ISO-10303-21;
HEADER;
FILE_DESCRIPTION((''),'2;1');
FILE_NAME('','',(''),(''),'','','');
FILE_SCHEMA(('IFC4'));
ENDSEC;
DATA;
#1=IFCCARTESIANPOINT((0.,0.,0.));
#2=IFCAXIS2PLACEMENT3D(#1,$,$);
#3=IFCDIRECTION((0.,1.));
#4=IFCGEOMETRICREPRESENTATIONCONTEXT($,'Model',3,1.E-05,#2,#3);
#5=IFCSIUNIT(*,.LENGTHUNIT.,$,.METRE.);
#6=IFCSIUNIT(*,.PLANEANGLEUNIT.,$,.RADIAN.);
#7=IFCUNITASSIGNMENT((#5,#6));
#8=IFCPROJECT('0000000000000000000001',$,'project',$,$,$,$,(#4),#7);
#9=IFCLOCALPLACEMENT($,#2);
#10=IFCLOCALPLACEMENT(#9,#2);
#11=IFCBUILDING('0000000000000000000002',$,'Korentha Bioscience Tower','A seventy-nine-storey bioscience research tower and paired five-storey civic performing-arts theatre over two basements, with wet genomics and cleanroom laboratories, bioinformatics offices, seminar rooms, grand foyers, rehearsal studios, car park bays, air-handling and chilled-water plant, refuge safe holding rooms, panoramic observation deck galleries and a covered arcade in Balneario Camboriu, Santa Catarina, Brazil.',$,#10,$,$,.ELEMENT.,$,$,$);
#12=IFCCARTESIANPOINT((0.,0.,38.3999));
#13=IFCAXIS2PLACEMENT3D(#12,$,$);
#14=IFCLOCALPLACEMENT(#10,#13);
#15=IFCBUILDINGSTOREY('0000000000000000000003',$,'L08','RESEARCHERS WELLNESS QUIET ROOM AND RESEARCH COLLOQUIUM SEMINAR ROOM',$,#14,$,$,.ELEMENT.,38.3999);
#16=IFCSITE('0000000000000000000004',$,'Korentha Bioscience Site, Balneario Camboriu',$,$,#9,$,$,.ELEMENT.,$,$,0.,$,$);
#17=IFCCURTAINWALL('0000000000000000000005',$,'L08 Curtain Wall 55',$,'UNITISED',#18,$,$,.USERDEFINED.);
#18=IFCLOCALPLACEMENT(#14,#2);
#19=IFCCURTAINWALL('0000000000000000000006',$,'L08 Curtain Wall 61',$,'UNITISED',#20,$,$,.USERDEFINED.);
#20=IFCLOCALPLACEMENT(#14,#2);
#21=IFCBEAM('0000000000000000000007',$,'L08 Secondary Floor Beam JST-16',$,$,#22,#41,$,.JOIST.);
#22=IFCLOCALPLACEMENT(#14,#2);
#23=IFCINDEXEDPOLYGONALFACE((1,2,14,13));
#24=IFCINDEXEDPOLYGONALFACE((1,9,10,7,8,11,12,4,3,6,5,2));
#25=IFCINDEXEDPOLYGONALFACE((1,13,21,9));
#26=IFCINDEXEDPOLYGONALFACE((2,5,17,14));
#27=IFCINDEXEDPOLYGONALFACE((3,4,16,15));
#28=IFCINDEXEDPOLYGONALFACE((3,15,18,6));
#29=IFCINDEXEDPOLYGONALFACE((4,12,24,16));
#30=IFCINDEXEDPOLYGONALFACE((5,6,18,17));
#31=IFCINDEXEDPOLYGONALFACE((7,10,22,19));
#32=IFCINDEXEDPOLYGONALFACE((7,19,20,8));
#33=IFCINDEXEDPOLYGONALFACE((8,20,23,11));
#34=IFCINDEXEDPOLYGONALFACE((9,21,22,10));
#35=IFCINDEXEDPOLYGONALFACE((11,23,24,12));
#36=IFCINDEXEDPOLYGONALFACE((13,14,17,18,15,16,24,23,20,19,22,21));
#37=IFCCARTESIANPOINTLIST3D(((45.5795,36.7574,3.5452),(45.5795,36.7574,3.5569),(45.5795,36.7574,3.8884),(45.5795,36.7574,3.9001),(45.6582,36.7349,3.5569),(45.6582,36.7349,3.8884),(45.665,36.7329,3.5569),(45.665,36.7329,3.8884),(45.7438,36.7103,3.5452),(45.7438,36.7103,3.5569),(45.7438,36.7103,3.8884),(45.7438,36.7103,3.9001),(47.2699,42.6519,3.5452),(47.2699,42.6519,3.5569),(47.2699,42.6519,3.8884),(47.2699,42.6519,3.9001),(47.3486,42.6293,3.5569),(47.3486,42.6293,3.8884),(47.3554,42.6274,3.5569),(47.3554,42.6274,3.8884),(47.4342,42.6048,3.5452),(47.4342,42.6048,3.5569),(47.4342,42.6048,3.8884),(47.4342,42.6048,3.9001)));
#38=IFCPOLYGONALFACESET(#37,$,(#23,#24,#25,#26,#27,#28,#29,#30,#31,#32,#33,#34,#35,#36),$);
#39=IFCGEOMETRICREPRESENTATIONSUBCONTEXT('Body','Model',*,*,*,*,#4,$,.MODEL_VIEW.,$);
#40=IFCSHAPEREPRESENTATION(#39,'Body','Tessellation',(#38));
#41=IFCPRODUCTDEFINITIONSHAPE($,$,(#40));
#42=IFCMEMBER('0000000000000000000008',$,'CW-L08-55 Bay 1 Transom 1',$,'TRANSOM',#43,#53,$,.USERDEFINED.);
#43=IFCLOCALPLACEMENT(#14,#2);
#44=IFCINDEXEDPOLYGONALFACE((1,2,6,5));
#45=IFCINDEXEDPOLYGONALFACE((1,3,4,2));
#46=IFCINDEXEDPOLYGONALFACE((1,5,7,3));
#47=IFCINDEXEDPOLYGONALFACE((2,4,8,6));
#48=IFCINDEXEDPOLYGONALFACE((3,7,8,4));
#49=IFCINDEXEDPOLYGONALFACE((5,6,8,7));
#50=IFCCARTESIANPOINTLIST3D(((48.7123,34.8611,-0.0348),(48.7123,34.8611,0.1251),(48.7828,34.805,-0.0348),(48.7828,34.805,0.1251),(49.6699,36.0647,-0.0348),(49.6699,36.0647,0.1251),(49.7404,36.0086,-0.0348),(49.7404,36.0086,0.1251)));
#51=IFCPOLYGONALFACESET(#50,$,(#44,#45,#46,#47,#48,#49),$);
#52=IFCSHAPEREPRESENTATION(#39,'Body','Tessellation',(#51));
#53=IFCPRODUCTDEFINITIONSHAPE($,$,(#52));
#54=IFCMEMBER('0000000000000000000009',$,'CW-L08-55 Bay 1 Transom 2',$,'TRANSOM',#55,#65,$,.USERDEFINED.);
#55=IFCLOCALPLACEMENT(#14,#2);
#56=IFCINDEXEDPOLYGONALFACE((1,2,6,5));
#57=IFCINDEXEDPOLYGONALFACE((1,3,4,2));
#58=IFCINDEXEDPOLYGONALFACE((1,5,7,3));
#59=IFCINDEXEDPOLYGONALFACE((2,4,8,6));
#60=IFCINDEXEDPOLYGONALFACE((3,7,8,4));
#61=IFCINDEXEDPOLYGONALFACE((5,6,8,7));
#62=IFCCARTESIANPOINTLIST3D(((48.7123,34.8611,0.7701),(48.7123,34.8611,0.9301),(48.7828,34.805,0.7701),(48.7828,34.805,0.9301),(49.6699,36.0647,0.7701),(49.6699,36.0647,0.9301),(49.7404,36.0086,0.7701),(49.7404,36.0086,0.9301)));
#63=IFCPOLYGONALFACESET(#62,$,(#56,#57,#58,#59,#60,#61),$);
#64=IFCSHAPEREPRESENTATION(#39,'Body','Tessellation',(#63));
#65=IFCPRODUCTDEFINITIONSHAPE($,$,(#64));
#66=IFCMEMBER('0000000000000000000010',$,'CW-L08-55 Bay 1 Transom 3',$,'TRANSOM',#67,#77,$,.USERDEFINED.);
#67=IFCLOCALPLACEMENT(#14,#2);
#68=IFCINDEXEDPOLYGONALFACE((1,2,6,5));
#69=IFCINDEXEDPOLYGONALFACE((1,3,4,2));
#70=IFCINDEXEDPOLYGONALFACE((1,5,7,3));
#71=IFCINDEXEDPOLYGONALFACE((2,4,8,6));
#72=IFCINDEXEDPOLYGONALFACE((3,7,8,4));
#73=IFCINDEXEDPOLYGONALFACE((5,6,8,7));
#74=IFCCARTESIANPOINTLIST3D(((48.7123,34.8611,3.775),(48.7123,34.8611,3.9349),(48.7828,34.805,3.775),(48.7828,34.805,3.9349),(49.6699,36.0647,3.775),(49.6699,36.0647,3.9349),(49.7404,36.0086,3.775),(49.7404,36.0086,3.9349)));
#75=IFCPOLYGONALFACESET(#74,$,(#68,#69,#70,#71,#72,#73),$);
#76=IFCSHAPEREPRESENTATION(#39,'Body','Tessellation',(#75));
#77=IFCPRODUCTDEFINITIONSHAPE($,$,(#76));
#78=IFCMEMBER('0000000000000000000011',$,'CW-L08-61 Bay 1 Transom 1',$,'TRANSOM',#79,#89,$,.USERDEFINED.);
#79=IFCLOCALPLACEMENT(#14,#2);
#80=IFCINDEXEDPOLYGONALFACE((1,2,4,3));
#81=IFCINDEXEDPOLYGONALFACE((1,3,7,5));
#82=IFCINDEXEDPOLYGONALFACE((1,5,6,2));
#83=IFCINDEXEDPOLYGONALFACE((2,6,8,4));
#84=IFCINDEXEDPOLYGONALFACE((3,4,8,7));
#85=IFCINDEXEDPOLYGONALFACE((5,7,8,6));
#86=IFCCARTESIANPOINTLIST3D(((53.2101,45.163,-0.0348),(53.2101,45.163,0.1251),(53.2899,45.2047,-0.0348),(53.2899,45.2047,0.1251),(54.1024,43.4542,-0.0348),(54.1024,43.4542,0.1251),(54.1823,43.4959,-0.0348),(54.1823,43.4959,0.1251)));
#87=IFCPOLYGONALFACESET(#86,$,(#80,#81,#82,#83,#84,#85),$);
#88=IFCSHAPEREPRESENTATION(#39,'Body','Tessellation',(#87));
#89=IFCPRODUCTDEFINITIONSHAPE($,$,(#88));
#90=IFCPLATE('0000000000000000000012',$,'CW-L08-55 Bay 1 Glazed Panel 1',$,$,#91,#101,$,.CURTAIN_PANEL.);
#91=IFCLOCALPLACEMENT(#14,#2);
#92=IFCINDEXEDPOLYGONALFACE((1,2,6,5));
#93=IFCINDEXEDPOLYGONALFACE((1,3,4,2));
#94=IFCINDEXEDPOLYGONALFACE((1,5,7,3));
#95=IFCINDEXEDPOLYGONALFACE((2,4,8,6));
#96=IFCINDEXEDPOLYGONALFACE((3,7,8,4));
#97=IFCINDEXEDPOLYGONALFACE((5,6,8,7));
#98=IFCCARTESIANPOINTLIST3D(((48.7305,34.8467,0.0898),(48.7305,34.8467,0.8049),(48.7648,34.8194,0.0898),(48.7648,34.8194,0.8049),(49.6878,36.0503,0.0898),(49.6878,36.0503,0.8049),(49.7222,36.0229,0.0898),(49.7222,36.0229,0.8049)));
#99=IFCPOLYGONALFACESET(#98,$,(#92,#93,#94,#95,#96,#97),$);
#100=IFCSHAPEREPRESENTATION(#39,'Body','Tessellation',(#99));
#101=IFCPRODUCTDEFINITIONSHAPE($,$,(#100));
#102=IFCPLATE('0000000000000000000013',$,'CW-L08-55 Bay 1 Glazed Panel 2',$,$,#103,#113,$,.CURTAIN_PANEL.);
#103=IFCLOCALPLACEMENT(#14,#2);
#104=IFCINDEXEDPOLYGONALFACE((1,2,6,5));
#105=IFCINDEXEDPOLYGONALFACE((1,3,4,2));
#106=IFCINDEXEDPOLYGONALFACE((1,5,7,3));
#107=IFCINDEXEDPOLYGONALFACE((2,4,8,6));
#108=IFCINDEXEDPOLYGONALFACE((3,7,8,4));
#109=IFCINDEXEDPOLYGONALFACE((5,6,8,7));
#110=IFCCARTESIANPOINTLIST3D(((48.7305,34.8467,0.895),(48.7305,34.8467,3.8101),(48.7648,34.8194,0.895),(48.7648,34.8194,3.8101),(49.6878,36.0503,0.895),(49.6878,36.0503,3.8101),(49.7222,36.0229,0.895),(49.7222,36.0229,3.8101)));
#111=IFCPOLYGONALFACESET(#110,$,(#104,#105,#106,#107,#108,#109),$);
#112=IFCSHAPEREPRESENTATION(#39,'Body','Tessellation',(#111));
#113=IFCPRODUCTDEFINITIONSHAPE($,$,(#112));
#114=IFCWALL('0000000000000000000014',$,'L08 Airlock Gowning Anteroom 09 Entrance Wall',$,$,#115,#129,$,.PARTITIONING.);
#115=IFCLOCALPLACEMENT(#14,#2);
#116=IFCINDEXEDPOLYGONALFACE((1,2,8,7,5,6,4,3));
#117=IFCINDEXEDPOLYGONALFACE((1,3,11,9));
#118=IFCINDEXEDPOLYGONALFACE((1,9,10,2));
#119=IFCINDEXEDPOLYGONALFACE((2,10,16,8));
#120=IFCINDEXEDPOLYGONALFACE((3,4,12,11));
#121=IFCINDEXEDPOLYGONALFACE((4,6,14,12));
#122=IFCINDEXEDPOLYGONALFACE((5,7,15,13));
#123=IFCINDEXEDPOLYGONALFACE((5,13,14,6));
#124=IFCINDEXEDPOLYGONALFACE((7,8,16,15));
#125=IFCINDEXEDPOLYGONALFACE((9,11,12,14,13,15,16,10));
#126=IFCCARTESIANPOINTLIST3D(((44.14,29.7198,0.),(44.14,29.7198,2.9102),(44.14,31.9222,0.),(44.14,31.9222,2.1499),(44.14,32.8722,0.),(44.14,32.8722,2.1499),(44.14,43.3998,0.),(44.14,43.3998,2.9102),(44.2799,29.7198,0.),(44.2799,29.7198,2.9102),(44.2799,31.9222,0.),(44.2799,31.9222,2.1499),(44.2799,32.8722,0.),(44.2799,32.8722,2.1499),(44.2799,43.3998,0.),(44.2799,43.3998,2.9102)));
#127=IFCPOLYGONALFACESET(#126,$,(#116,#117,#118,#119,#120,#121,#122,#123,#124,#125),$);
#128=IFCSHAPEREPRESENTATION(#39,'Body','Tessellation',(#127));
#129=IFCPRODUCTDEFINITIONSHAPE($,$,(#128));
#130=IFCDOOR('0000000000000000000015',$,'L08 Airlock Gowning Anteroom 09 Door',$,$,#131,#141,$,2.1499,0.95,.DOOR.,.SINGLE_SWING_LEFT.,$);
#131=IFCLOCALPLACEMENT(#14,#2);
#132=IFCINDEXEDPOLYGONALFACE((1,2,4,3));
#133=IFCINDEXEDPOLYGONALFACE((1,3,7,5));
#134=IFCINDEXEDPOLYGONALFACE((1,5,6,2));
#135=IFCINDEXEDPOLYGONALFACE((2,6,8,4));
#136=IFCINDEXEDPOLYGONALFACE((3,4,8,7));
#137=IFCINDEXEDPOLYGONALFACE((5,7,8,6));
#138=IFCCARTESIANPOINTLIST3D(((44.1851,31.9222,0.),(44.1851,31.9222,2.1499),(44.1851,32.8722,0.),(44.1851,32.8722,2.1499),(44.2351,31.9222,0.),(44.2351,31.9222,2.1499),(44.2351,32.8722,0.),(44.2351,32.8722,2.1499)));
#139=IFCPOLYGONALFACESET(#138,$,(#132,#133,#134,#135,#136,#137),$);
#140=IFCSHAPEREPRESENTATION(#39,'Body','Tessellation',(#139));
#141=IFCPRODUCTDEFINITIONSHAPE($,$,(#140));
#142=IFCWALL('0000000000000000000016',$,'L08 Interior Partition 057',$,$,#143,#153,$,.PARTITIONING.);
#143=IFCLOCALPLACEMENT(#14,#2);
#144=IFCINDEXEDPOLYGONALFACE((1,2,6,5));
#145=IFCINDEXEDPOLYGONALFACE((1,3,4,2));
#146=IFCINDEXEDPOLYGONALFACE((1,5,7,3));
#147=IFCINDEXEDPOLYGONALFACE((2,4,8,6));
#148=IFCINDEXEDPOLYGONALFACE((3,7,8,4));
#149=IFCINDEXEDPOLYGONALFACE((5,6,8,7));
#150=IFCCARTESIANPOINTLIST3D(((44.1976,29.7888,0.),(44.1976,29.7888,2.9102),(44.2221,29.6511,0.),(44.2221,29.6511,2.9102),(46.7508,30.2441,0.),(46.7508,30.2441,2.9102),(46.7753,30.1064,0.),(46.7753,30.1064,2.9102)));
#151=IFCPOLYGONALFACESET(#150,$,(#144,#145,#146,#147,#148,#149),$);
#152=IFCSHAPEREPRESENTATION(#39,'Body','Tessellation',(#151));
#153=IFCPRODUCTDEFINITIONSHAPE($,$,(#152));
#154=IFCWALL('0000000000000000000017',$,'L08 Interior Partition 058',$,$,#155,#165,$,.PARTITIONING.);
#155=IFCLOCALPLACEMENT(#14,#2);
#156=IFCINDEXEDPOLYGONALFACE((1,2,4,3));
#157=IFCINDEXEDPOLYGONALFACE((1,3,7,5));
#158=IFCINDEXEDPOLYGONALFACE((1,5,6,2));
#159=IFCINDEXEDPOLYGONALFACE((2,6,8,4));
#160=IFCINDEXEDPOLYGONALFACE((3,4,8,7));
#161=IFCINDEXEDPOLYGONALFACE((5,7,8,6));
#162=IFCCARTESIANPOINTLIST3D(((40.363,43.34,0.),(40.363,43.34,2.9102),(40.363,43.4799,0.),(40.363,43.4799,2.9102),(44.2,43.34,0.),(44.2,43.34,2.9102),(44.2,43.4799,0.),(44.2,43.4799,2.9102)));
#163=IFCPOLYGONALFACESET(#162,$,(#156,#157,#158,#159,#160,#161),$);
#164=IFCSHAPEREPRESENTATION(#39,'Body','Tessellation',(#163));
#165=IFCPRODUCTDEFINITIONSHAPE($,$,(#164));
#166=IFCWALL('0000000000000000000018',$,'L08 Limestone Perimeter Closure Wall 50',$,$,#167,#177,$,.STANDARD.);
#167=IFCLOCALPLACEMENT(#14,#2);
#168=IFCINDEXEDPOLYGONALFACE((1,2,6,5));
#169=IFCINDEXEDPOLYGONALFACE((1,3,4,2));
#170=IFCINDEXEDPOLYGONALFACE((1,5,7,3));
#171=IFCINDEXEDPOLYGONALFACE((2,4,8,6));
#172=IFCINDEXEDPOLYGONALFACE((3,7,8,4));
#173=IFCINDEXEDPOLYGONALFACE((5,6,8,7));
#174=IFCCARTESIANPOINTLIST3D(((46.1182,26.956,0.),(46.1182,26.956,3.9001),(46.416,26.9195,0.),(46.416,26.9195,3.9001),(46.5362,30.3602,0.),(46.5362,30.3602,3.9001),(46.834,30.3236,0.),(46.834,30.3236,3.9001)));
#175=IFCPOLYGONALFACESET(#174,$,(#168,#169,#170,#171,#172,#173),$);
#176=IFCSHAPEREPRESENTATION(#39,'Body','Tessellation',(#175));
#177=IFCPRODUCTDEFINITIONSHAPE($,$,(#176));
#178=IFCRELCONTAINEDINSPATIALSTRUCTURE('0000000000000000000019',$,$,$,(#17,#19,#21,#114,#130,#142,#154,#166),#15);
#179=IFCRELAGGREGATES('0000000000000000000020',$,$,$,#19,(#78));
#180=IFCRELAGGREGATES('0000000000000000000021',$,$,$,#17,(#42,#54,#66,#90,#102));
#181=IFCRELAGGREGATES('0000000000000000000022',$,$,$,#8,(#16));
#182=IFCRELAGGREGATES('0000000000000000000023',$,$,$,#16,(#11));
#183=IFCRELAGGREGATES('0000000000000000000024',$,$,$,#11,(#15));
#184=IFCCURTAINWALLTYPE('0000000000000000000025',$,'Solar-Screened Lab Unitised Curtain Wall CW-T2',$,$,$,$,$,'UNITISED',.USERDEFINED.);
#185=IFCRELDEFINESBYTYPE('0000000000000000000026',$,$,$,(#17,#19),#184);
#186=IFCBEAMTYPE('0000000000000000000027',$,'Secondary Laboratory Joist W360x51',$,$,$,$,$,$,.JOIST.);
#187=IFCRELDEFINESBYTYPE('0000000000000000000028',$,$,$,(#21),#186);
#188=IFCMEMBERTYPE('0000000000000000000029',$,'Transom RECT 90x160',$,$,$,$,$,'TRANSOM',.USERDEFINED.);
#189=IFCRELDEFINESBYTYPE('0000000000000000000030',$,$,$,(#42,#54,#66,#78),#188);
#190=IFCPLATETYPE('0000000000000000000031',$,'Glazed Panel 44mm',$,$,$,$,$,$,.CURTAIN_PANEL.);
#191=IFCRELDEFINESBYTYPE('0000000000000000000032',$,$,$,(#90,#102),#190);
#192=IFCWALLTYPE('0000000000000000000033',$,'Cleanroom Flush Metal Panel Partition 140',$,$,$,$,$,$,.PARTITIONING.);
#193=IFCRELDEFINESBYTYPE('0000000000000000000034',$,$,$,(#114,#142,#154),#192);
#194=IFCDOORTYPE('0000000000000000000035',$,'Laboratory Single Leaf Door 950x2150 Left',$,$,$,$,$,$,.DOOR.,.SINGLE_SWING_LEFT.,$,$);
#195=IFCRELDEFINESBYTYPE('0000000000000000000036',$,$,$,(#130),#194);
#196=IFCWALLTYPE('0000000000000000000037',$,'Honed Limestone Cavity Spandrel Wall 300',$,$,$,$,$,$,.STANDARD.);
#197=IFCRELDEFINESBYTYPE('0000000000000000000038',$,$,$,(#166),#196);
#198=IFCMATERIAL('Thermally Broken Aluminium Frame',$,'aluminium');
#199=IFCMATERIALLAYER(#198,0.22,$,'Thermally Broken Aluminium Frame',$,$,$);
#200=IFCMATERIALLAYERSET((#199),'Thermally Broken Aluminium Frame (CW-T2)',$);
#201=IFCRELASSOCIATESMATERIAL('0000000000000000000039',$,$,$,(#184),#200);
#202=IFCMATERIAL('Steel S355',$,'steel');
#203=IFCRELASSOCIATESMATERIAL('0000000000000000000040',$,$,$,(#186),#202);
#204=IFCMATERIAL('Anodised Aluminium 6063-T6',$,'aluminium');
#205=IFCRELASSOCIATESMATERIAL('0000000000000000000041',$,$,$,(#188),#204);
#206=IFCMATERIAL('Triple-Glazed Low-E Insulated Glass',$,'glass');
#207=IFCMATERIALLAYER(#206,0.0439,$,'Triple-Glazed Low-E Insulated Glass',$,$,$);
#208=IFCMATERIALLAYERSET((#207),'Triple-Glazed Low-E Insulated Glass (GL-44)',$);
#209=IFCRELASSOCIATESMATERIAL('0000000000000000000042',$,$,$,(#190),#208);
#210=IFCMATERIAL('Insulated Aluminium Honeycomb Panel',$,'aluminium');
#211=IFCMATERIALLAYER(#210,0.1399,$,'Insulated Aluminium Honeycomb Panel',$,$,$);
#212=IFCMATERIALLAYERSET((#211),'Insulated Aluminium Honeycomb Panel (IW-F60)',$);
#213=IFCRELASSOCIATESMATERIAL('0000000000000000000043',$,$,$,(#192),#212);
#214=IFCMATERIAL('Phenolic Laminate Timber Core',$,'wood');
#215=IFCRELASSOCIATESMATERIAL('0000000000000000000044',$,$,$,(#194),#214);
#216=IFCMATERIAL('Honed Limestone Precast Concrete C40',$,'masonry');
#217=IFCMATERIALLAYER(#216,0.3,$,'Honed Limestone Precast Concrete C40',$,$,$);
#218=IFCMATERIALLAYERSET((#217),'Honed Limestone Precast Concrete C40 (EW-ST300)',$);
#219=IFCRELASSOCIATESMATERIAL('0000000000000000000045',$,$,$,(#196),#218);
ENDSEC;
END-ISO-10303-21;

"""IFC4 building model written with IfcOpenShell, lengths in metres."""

from ifc_helpers import new_model, si_unit, direction, frame, frame_2d, origin, origin_2d, place, context, subcontext, project, spatial, rectangle, i_section, extrude, material, layer, layer_set, material_profile, profile_set, type_object, element, fill, aggregate, save


model = new_model("IFC4")

# Units and contexts
model_context = context("Model", 3, precision=1e-05, world=origin(), true_north=direction((0.0, 1.0)))
body_context = subcontext(model_context, "Body", "Model", "MODEL_VIEW")
ifc_project = project(units=[si_unit("LENGTHUNIT", "METRE"), si_unit("PLANEANGLEUNIT", "RADIAN")], contexts=[model_context])

# Site, building, storey
site_placement = place(None, origin())
site = spatial("IfcSite", under=ifc_project, at=site_placement, Name="Korentha Bioscience Site, Balneario Camboriu", CompositionType="ELEMENT", RefElevation=0.0)
building_placement = place(site_placement, origin())
building = spatial("IfcBuilding", under=site, at=building_placement, Name="Korentha Bioscience Tower", Description="A seventy-nine-storey bioscience research tower and paired five-storey civic performing-arts theatre over two basements, with wet genomics and cleanroom laboratories, bioinformatics offices, seminar rooms, grand foyers, rehearsal studios, car park bays, air-handling and chilled-water plant, refuge safe holding rooms, panoramic observation deck galleries and a covered arcade in Balneario Camboriu, Santa Catarina, Brazil.", CompositionType="ELEMENT")
storey_placement = place(building_placement, frame((0.0, 0.0, 38.3999)))
storey = spatial("IfcBuildingStorey", under=building, at=storey_placement, Name="L08", Description="RESEARCHERS WELLNESS QUIET ROOM AND RESEARCH COLLOQUIUM SEMINAR ROOM", CompositionType="ELEMENT", Elevation=38.3999)

# Shared definitions
ifc_material_1 = material(Name="Thermally Broken Aluminium Frame", Category="aluminium")
ifc_material_2 = material(Name="Anodised Aluminium 6063-T6", Category="aluminium")

# Curtain wall
ifc_layer_1 = layer(ifc_material_1, 0.22, Name="Thermally Broken Aluminium Frame")
ifc_layer_set_1 = layer_set([ifc_layer_1], Name="Thermally Broken Aluminium Frame (CW-T2)")
curtain_wall_type_1 = type_object("IfcCurtainWallType", Name="Solar-Screened Lab Unitised Curtain Wall CW-T2", ElementType="UNITISED", PredefinedType="USERDEFINED", material=ifc_layer_set_1)
curtain_wall_1_placement = place(storey_placement, origin())
curtain_wall_1 = element("IfcCurtainWall", 1, at=curtain_wall_1_placement, inside=storey, type_object=curtain_wall_type_1, Name="L08 Curtain Wall 55", ObjectType="UNITISED", PredefinedType="USERDEFINED")

# Curtain wall
curtain_wall_2_placement = place(storey_placement, origin())
curtain_wall_2 = element("IfcCurtainWall", 2, at=curtain_wall_2_placement, inside=storey, type_object=curtain_wall_type_1, Name="L08 Curtain Wall 61", ObjectType="UNITISED", PredefinedType="USERDEFINED")

# Beam
ifc_material_3 = material(Name="Steel S355", Category="steel")
ifc_material_profile_1 = material_profile(ifc_material_3, i_section(OverallWidth=0.1709, OverallDepth=0.355, WebThickness=0.0071, FlangeThickness=0.0117, at=origin_2d()), Name="Steel S355")
ifc_profile_set_1 = profile_set([ifc_material_profile_1], Name="Steel S355 (JB-360)")
beam_type_1 = type_object("IfcBeamType", Name="Secondary Laboratory Joist W360x51", PredefinedType="JOIST", material=ifc_profile_set_1)
beam_1_placement = place(storey_placement, frame((45.6616, 36.7339, 3.7227), z_axis=(0.275668, 0.961253, 0.0), x_axis=(-0.961253, 0.275668, 0.0)))
element("IfcBeam", 3, at=beam_1_placement, inside=storey, type_object=beam_type_1, Name="L08 Secondary Floor Beam JST-16", PredefinedType="JOIST", context=body_context, shape_type="SweptSolid", body=[
    extrude(i_section(OverallWidth=0.1709, OverallDepth=0.355, WebThickness=0.0071, FlangeThickness=0.0117, at=origin_2d()), origin(), (0.0, 0.0, 1.0), 6.1321),
])

# Members
ifc_material_profile_2 = material_profile(ifc_material_2, rectangle(XDim=0.0901, YDim=0.1599, at=origin_2d()), Name="Anodised Aluminium 6063-T6")
ifc_profile_set_2 = profile_set([ifc_material_profile_2], Name="Anodised Aluminium 6063-T6 (CW-TRN)")
member_type_1 = type_object("IfcMemberType", Name="Transom RECT 90x160", ElementType="TRANSOM", PredefinedType="USERDEFINED", material=ifc_profile_set_2)
member_1_placement = place(storey_placement, frame((48.7476, 34.833, 0.0452), z_axis=(0.622563, 0.782569, 0.0), x_axis=(-0.782569, 0.622563, 0.0)))
member_1 = element("IfcMember", 4, at=member_1_placement, type_object=member_type_1, Name="CW-L08-55 Bay 1 Transom 1", ObjectType="TRANSOM", PredefinedType="USERDEFINED", context=body_context, shape_type="SweptSolid", body=[
    extrude(rectangle(XDim=0.0901, YDim=0.1599, at=origin_2d()), origin(), (0.0, 0.0, 1.0), 1.5381),
])
member_2_placement = place(storey_placement, frame((48.7476, 34.833, 0.8501), z_axis=(0.622563, 0.782569, 0.0), x_axis=(-0.782569, 0.622563, 0.0)))
member_2 = element("IfcMember", 5, at=member_2_placement, type_object=member_type_1, Name="CW-L08-55 Bay 1 Transom 2", ObjectType="TRANSOM", PredefinedType="USERDEFINED", context=body_context, shape_type="SweptSolid", body=[
    extrude(rectangle(XDim=0.0901, YDim=0.1599, at=origin_2d()), origin(), (0.0, 0.0, 1.0), 1.5381),
])
member_3_placement = place(storey_placement, frame((48.7476, 34.833, 3.855), z_axis=(0.622563, 0.782569, 0.0), x_axis=(-0.782569, 0.622563, 0.0)))
member_3 = element("IfcMember", 6, at=member_3_placement, type_object=member_type_1, Name="CW-L08-55 Bay 1 Transom 3", ObjectType="TRANSOM", PredefinedType="USERDEFINED", context=body_context, shape_type="SweptSolid", body=[
    extrude(rectangle(XDim=0.0901, YDim=0.1599, at=origin_2d()), origin(), (0.0, 0.0, 1.0), 1.5381),
])
member_4_placement = place(storey_placement, frame((54.1423, 43.4751, 0.0452), z_axis=(-0.462899, 0.886411, 0.0), x_axis=(-0.886411, -0.462899, 0.0)))
member_4 = element("IfcMember", 7, at=member_4_placement, type_object=member_type_1, Name="CW-L08-61 Bay 1 Transom 1", ObjectType="TRANSOM", PredefinedType="USERDEFINED", context=body_context, shape_type="SweptSolid", body=[
    extrude(rectangle(XDim=0.0901, YDim=0.1599, at=origin_2d()), origin(), (0.0, 0.0, 1.0), 1.9277),
])
aggregate(curtain_wall_2, [member_4])

# Plates
ifc_material_4 = material(Name="Triple-Glazed Low-E Insulated Glass", Category="glass")
ifc_layer_2 = layer(ifc_material_4, 0.0439, Name="Triple-Glazed Low-E Insulated Glass")
ifc_layer_set_2 = layer_set([ifc_layer_2], Name="Triple-Glazed Low-E Insulated Glass (GL-44)")
plate_type = type_object("IfcPlateType", Name="Glazed Panel 44mm", PredefinedType="CURTAIN_PANEL", material=ifc_layer_set_2)
plate_1_placement = place(storey_placement, frame((49.2263, 35.4348, 0.0898), z_axis=(0.0, 0.0, 1.0), x_axis=(0.62252, 0.782604, 0.0)))
plate_1 = element("IfcPlate", 8, at=plate_1_placement, type_object=plate_type, Name="CW-L08-55 Bay 1 Glazed Panel 1", PredefinedType="CURTAIN_PANEL", context=body_context, shape_type="SweptSolid", body=[
    extrude(rectangle(XDim=1.5378, YDim=0.0439, at=origin_2d()), origin(), (0.0, 0.0, 1.0), 0.7151),
])
plate_2_placement = place(storey_placement, frame((49.2263, 35.4348, 0.895), z_axis=(0.0, 0.0, 1.0), x_axis=(0.62252, 0.782604, 0.0)))
plate_2 = element("IfcPlate", 9, at=plate_2_placement, type_object=plate_type, Name="CW-L08-55 Bay 1 Glazed Panel 2", PredefinedType="CURTAIN_PANEL", context=body_context, shape_type="SweptSolid", body=[
    extrude(rectangle(XDim=1.5378, YDim=0.0439, at=origin_2d()), origin(), (0.0, 0.0, 1.0), 2.915),
])
aggregate(curtain_wall_1, [member_1, member_2, member_3, plate_1, plate_2])

# Wall, opening, door
ifc_material_5 = material(Name="Insulated Aluminium Honeycomb Panel", Category="aluminium")
ifc_layer_3 = layer(ifc_material_5, 0.1399, Name="Insulated Aluminium Honeycomb Panel")
ifc_layer_set_3 = layer_set([ifc_layer_3], Name="Insulated Aluminium Honeycomb Panel (IW-F60)")
wall_type_1 = type_object("IfcWallType", Name="Cleanroom Flush Metal Panel Partition 140", PredefinedType="PARTITIONING", material=ifc_layer_set_3)
wall_1_placement = place(storey_placement, frame((44.21, 29.72, 0.0), z_axis=(0.0, 0.0, 1.0), x_axis=(0.0, 1.0, 0.0)))
wall_1 = element("IfcWall", 10, at=wall_1_placement, inside=storey, type_object=wall_type_1, Name="L08 Airlock Gowning Anteroom 09 Entrance Wall", PredefinedType="PARTITIONING", context=body_context, shape_type="SweptSolid", body=[
    extrude(rectangle(XDim=13.6799, YDim=0.1399, at=frame_2d((6.8398, 0.0))), origin(), (0.0, 0.0, 1.0), 2.9102),
])
opening_placement = place(wall_1_placement, frame((2.2021, 0.0, 0.0)))
opening = element("IfcOpeningElement", 11, at=opening_placement, cuts=wall_1, PredefinedType="OPENING", context=body_context, shape_type="SweptSolid", body=[
    extrude(rectangle(XDim=0.95, YDim=2.1499, at=frame_2d((0.4751, 1.075))), frame((0.0, 0.085, 0.0), z_axis=(0.0, -1.0, 0.0), x_axis=(1.0, 0.0, 0.0)), (0.0, 0.0, 1.0), 0.1697),
])
ifc_material_6 = material(Name="Phenolic Laminate Timber Core", Category="wood")
door_type = type_object("IfcDoorType", Name="Laboratory Single Leaf Door 950x2150 Left", OperationType="SINGLE_SWING_LEFT", PredefinedType="DOOR", material=ifc_material_6)
door_placement = place(opening_placement, origin())
door = element("IfcDoor", 12, at=door_placement, inside=storey, type_object=door_type, Name="L08 Airlock Gowning Anteroom 09 Door", OperationType="SINGLE_SWING_LEFT", OverallHeight=2.1499, OverallWidth=0.95, PredefinedType="DOOR", context=body_context, shape_type="SweptSolid", body=[
    extrude(rectangle(XDim=0.95, YDim=2.1499, at=frame_2d((0.4751, 1.075))), frame((0.0, 0.0249, 0.0), z_axis=(0.0, -1.0, 0.0), x_axis=(1.0, 0.0, 0.0)), (0.0, 0.0, 1.0), 0.05),
])
fill(opening, door)

# Walls
wall_2_placement = place(storey_placement, frame((46.7632, 30.1753, 0.0), z_axis=(0.0, 0.0, 1.0), x_axis=(-0.984468, -0.175563, 0.0)))
element("IfcWall", 13, at=wall_2_placement, inside=storey, type_object=wall_type_1, Name="L08 Interior Partition 057", PredefinedType="PARTITIONING", context=body_context, shape_type="SweptSolid", body=[
    extrude(rectangle(XDim=2.5935, YDim=0.1399, at=frame_2d((1.2969, 0.0))), origin(), (0.0, 0.0, 1.0), 2.9102),
])
wall_3_placement = place(storey_placement, frame((44.2, 43.4099, 0.0), z_axis=(0.0, 0.0, 1.0), x_axis=(-1.0, 0.0, 0.0)))
element("IfcWall", 14, at=wall_3_placement, inside=storey, type_object=wall_type_1, Name="L08 Interior Partition 058", PredefinedType="PARTITIONING", context=body_context, shape_type="SweptSolid", body=[
    extrude(rectangle(XDim=3.8369, YDim=0.1399, at=frame_2d((1.9185, 0.0))), origin(), (0.0, 0.0, 1.0), 2.9102),
])
ifc_material_7 = material(Name="Honed Limestone Precast Concrete C40", Category="masonry")
ifc_layer_4 = layer(ifc_material_7, 0.3, Name="Honed Limestone Precast Concrete C40")
ifc_layer_set_4 = layer_set([ifc_layer_4], Name="Honed Limestone Precast Concrete C40 (EW-ST300)")
wall_type_2 = type_object("IfcWallType", Name="Honed Limestone Cavity Spandrel Wall 300", PredefinedType="STANDARD", material=ifc_layer_set_4)
for number, where, z_axis, x_axis, name in (
    (15, (46.2671, 26.9377, 0.0), (0.0, 0.0, 1.0), (0.12187, 0.992546, 0.0), "L08 Limestone Perimeter Closure Wall 50"),
):
    element("IfcWall", number, at=place(storey_placement, frame(where, z_axis=z_axis, x_axis=x_axis)), inside=storey, type_object=wall_type_2, Name=name, PredefinedType="STANDARD", context=body_context, shape_type="SweptSolid", body=[
        extrude(rectangle(XDim=3.4297, YDim=0.3, at=frame_2d((1.7148, 0.0))), origin(), (0.0, 0.0, 1.0), 3.9001),
    ])

save(model, "model.ifc")
